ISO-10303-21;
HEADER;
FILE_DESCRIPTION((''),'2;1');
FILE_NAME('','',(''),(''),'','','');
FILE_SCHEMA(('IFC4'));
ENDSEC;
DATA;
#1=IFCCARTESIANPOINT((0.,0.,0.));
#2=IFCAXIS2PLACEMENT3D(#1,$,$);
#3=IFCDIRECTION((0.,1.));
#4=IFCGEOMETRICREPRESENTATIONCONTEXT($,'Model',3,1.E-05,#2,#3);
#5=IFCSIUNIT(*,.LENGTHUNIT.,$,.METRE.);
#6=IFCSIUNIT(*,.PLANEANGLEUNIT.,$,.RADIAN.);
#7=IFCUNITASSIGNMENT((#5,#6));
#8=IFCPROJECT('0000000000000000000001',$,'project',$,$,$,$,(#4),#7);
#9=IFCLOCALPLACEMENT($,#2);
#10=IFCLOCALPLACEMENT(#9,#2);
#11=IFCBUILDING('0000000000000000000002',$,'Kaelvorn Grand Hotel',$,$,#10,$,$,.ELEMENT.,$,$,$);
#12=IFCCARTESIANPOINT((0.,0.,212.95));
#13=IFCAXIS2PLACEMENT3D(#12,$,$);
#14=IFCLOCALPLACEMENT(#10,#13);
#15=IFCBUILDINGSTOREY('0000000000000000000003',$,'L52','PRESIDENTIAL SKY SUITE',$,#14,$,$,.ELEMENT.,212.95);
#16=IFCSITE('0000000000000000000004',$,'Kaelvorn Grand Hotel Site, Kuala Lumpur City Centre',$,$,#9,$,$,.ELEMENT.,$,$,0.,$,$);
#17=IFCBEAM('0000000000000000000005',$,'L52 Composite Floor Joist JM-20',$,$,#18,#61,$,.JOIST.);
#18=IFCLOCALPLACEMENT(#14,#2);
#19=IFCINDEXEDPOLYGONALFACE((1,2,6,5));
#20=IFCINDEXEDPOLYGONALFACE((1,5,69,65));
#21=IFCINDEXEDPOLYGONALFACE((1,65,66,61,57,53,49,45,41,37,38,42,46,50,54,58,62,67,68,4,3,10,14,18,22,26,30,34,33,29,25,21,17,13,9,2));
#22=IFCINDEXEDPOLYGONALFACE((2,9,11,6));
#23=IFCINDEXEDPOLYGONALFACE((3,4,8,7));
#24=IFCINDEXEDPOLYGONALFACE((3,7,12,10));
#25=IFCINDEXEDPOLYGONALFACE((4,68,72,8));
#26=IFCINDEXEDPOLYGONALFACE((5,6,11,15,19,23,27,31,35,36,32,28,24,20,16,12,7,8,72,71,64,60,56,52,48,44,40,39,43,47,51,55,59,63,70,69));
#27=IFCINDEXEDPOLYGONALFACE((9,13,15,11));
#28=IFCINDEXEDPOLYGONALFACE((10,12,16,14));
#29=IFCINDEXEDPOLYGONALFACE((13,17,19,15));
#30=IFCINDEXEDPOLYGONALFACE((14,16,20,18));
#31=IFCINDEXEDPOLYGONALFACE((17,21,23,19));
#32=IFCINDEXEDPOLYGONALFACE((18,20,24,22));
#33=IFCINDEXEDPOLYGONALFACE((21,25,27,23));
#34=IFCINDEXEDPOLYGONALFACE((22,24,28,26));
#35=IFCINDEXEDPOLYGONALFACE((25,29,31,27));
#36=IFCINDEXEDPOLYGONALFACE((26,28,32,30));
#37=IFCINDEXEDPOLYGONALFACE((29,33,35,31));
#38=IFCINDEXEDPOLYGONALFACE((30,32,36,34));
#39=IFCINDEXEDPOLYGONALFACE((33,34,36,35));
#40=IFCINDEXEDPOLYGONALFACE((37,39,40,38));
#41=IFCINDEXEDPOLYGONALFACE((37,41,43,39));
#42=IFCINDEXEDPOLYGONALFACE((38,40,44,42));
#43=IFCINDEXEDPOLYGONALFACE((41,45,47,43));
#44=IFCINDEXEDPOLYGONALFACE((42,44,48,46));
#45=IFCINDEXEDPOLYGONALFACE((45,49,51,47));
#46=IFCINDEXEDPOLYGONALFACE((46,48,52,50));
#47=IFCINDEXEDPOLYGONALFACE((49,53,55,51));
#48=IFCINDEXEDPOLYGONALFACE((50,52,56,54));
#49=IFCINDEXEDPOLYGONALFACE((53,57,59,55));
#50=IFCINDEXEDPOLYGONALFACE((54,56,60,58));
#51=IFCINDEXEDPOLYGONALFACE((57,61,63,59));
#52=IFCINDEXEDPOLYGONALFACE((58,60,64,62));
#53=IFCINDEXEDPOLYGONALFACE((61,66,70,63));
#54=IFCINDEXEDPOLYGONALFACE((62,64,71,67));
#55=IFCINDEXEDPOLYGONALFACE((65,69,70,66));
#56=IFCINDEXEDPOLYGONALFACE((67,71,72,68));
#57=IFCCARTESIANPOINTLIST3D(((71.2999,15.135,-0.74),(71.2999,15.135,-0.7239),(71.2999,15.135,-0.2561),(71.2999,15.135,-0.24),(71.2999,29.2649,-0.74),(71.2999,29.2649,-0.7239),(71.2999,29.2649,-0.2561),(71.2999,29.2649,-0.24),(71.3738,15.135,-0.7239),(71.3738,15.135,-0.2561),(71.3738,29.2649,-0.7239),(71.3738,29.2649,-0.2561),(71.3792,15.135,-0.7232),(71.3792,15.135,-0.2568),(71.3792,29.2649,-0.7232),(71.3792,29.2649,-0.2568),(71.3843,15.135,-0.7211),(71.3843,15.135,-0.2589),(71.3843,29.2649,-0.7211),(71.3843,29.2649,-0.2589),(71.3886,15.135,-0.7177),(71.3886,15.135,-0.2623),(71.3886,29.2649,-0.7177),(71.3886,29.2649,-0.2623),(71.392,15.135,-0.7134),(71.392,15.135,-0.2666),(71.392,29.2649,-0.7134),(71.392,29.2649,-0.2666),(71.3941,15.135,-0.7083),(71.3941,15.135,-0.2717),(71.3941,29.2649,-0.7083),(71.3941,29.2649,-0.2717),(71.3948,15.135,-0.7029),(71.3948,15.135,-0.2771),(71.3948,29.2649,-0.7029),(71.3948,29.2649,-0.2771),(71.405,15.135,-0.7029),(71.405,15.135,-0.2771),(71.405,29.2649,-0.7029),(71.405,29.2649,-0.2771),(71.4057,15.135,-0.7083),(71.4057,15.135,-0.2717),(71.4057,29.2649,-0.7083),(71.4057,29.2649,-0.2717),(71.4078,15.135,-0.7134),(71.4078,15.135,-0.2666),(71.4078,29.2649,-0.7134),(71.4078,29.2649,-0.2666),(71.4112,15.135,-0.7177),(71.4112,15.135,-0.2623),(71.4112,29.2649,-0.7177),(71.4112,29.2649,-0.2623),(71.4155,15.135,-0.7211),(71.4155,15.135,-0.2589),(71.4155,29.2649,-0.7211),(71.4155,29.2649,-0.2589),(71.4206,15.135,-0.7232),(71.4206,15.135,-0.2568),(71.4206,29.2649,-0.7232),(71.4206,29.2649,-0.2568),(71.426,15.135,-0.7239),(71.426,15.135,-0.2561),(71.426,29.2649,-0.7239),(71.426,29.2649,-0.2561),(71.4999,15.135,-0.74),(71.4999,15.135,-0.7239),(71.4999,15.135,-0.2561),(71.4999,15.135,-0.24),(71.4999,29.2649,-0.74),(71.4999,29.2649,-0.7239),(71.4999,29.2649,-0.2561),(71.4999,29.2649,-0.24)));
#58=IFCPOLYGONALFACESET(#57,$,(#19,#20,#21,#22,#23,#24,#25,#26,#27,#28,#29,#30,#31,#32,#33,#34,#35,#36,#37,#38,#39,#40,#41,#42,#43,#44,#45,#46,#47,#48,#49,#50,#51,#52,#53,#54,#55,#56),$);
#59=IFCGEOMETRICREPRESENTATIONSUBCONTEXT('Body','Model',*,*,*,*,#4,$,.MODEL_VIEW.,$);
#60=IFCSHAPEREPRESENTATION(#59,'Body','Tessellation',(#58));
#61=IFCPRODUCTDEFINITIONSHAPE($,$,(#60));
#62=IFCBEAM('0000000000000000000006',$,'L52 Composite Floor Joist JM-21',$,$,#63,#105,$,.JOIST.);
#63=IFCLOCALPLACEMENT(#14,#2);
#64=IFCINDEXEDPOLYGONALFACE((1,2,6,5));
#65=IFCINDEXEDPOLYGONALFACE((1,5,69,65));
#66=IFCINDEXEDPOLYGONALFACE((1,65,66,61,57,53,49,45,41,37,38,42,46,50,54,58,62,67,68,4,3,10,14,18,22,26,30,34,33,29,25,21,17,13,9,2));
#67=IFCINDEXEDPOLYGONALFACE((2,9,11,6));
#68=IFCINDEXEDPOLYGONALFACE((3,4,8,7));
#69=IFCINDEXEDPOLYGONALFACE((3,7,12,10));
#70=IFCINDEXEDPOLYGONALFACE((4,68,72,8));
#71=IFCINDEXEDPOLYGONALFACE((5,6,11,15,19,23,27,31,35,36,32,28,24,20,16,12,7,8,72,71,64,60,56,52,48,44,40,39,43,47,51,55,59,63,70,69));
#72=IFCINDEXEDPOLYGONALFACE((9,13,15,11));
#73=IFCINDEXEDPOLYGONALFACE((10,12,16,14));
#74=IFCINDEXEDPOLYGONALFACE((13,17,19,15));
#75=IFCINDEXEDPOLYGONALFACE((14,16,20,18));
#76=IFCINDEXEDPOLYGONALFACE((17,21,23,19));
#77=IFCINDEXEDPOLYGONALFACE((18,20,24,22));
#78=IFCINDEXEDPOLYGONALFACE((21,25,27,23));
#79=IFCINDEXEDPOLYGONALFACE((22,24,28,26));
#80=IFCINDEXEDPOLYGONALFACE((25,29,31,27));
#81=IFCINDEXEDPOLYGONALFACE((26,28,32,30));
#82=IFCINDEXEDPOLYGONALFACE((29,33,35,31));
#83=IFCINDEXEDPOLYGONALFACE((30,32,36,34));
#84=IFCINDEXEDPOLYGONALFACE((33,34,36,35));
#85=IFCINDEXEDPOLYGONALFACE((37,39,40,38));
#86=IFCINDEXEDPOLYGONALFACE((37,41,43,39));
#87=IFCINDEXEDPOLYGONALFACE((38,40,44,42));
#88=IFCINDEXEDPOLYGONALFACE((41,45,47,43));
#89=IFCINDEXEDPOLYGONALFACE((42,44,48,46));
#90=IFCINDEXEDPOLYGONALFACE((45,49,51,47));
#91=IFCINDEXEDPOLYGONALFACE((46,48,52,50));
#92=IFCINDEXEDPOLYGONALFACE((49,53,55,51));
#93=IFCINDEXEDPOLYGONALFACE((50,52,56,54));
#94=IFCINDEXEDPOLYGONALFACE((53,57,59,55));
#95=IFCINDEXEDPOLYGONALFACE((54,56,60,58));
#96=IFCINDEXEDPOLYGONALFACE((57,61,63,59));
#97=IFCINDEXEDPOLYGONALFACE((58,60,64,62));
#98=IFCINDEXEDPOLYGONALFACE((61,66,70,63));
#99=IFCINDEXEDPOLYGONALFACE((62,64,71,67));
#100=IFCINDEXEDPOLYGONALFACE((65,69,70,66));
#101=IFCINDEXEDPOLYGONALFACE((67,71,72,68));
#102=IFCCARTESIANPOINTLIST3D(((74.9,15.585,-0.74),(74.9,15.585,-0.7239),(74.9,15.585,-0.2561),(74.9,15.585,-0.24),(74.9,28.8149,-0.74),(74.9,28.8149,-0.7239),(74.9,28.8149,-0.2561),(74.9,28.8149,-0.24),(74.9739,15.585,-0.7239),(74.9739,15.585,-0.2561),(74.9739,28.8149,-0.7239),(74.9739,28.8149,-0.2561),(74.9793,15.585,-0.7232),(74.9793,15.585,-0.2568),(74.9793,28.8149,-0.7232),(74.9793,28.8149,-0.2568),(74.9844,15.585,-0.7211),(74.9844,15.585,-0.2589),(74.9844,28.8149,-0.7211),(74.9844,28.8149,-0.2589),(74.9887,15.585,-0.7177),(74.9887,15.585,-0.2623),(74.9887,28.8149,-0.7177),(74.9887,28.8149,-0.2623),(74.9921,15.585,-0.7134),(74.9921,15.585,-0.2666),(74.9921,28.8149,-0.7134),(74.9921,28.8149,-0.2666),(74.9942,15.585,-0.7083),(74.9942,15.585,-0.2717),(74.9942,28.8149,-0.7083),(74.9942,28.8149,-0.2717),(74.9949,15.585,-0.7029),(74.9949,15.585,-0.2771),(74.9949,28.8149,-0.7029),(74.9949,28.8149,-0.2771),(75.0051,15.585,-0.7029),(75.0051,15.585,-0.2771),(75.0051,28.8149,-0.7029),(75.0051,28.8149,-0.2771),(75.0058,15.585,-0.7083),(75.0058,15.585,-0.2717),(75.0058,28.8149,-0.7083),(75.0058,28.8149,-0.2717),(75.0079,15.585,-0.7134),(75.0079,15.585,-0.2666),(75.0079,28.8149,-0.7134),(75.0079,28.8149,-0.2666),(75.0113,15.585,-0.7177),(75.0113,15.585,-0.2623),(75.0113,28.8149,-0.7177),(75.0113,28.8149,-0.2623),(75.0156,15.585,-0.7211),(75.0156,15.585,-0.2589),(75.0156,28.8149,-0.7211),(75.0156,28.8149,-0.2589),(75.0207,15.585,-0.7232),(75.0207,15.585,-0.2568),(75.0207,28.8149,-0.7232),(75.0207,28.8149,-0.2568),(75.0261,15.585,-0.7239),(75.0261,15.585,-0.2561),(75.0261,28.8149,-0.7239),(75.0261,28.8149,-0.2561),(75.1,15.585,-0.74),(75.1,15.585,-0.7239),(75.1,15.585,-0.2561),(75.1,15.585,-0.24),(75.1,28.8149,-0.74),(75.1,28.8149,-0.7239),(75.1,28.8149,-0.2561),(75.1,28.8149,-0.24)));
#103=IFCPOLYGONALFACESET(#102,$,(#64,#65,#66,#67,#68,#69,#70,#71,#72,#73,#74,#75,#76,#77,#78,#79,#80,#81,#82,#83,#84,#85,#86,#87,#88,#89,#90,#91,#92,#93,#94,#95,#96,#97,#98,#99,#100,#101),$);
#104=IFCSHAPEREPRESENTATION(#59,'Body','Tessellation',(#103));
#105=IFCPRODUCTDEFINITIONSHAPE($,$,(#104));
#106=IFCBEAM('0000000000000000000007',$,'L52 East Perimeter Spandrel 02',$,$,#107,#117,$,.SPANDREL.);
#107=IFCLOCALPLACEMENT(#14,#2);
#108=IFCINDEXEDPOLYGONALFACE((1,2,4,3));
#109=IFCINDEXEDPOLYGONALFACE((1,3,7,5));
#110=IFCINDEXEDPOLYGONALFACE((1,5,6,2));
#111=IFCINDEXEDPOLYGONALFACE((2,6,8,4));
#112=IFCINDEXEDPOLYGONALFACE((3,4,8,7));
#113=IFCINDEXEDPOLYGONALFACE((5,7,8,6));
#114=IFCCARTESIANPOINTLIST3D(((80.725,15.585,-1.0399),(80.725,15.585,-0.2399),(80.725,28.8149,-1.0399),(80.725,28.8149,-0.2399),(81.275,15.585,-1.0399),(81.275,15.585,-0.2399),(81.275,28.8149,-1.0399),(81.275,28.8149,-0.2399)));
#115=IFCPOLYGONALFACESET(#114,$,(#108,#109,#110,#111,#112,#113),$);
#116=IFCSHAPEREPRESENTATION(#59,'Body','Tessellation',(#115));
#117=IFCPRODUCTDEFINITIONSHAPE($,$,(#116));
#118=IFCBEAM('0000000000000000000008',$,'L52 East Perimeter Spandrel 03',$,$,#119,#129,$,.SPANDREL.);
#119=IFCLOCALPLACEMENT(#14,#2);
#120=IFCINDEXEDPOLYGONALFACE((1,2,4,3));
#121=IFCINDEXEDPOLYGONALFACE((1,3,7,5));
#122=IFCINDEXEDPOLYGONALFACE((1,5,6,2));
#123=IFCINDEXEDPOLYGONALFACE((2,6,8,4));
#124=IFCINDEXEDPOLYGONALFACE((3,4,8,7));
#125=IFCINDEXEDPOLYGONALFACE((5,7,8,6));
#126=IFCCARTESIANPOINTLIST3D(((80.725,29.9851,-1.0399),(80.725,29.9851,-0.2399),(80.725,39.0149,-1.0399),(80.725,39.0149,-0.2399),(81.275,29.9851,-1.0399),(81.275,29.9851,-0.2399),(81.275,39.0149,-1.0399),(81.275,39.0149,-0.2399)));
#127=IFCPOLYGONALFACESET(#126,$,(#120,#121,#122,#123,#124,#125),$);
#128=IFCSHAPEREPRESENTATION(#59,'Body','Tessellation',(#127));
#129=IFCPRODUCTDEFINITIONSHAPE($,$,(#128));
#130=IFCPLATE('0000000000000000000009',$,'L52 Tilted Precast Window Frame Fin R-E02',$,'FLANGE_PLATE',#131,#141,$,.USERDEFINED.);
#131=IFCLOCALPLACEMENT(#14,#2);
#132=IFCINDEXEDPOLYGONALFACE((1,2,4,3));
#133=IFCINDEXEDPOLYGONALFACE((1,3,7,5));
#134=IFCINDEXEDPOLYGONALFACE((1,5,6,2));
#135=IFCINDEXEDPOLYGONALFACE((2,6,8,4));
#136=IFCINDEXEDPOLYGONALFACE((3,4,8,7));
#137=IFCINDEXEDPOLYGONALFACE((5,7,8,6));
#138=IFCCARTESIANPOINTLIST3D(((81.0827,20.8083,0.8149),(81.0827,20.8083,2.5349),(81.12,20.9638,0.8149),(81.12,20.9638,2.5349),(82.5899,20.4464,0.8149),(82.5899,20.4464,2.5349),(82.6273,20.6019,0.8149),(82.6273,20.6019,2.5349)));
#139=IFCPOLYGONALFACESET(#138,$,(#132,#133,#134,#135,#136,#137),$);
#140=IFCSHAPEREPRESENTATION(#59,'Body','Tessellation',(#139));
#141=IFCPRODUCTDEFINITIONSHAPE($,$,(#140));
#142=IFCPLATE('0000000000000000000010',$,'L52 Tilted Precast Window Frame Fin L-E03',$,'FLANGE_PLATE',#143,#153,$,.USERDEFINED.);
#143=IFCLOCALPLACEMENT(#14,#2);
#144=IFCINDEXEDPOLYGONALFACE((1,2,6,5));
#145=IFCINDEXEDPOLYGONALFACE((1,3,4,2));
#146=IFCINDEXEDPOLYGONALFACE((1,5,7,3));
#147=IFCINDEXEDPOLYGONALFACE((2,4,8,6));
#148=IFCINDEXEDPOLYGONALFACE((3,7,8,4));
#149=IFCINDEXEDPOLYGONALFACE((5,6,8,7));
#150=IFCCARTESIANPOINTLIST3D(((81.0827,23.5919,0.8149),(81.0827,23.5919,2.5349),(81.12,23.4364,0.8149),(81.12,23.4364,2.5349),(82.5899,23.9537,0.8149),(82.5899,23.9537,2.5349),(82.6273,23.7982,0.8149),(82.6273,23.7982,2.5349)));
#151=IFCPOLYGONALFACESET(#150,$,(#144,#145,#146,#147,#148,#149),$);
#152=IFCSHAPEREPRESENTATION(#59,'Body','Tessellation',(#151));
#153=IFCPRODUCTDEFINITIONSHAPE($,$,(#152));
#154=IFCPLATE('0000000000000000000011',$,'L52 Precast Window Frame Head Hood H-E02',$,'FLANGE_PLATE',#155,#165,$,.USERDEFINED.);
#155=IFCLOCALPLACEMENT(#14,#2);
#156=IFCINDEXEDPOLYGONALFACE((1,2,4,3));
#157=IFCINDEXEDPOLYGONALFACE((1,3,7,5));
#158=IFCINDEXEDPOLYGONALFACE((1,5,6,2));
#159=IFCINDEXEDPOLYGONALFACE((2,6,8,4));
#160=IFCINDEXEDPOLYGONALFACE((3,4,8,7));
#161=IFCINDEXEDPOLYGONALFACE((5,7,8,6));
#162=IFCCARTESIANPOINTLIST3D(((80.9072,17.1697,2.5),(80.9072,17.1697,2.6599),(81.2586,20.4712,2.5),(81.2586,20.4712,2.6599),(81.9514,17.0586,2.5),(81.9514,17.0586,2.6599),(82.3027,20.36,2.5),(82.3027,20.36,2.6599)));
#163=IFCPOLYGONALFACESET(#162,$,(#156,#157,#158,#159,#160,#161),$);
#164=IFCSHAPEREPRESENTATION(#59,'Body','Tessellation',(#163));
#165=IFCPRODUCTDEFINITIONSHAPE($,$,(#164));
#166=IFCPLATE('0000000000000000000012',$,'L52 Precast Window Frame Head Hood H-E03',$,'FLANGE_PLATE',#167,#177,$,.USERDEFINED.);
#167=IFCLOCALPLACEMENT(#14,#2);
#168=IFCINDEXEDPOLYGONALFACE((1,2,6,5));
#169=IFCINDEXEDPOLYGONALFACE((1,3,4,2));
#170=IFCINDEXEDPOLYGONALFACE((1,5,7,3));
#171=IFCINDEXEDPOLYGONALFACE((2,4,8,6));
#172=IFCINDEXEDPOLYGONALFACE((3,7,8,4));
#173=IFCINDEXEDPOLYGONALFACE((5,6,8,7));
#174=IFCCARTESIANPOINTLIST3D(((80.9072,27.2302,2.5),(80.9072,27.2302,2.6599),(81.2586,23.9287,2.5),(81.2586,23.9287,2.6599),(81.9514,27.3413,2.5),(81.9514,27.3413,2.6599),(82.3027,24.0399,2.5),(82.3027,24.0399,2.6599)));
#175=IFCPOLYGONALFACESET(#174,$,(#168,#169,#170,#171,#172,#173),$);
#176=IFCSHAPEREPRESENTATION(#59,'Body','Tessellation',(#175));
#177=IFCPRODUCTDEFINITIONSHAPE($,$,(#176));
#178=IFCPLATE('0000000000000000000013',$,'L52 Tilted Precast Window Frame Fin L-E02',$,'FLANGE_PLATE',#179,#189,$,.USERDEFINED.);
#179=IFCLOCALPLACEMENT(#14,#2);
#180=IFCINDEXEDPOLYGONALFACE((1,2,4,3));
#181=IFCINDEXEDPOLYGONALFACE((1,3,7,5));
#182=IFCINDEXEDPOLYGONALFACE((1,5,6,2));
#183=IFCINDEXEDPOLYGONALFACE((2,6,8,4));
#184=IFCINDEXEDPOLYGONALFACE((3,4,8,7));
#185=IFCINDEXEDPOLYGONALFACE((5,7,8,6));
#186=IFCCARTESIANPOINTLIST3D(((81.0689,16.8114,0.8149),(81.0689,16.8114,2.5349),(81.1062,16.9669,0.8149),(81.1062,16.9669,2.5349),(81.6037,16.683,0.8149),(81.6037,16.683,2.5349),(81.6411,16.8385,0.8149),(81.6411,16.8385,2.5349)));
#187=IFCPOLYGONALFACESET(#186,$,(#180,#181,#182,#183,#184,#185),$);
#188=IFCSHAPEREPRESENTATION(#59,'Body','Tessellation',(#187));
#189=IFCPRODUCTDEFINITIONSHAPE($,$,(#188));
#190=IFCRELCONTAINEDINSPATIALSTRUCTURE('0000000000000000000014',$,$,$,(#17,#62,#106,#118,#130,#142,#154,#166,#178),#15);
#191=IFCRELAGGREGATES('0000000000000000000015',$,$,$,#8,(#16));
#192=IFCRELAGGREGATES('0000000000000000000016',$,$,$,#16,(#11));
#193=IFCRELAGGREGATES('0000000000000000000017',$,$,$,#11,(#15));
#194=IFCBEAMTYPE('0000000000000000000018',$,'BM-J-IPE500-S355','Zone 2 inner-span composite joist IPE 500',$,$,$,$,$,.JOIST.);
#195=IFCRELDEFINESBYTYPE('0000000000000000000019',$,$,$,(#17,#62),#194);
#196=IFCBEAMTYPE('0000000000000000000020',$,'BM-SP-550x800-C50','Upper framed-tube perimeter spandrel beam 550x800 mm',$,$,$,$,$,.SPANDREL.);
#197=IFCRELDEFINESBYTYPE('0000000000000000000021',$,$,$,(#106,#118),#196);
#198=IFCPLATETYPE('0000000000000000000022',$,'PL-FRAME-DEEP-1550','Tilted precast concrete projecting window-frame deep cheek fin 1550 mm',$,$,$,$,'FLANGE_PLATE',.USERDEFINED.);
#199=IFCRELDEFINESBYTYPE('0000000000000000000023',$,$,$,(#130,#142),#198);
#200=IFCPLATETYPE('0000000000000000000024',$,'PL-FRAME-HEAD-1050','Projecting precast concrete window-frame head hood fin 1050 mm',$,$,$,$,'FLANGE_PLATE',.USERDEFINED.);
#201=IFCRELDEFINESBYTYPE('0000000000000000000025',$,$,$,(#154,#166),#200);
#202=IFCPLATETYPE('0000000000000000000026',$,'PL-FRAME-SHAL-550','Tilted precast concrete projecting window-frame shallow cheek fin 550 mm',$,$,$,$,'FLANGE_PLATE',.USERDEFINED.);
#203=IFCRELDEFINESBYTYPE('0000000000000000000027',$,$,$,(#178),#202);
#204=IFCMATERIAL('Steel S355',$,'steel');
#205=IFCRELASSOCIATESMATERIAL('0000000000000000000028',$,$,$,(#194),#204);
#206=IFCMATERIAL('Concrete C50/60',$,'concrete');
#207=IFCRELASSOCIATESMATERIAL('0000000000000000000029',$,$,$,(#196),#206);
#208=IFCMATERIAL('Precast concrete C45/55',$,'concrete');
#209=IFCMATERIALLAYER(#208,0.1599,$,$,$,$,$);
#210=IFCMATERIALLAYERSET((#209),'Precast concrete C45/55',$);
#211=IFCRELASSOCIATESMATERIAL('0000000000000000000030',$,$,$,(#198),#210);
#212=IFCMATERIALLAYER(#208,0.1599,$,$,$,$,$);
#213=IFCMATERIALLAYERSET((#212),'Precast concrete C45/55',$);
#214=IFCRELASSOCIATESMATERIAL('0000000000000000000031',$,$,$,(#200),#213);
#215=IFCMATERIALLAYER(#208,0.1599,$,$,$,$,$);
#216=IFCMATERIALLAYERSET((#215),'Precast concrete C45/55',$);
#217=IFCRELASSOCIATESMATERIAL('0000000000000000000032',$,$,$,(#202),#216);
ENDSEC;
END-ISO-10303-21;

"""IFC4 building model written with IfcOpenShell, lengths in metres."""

from ifc_helpers import new_model, si_unit, direction, frame, origin, origin_2d, place, context, subcontext, project, spatial, rectangle, i_section, extrude, material, layer, layer_set, material_profile, profile_set, type_object, element, save


model = new_model("IFC4")

# Units and contexts
model_context = context("Model", 3, precision=1e-05, world=origin(), true_north=direction((0.0, 1.0)))
body_context = subcontext(model_context, "Body", "Model", "MODEL_VIEW")
ifc_project = project(units=[si_unit("LENGTHUNIT", "METRE"), si_unit("PLANEANGLEUNIT", "RADIAN")], contexts=[model_context])

# Site, building, storey
site_placement = place(None, origin())
site = spatial("IfcSite", under=ifc_project, at=site_placement, Name="Kaelvorn Grand Hotel Site, Kuala Lumpur City Centre", CompositionType="ELEMENT", RefElevation=0.0)
building_placement = place(site_placement, origin())
building = spatial("IfcBuilding", under=site, at=building_placement, Name="Kaelvorn Grand Hotel", CompositionType="ELEMENT")
storey_placement = place(building_placement, frame((0.0, 0.0, 212.95)))
storey = spatial("IfcBuildingStorey", under=building, at=storey_placement, Name="L52", Description="PRESIDENTIAL SKY SUITE", CompositionType="ELEMENT", Elevation=212.95)

# Beams
ifc_material_1 = material(Name="Steel S355", Category="steel")
ifc_material_profile_1 = material_profile(ifc_material_1, i_section(OverallWidth=0.2, OverallDepth=0.5, WebThickness=0.0103, FlangeThickness=0.0161, FilletRadius=0.021, at=origin_2d()), Name="IPE 500")
ifc_profile_set_1 = profile_set([ifc_material_profile_1], Name="Steel S355")
beam_type_1 = type_object("IfcBeamType", Name="BM-J-IPE500-S355", Description="Zone 2 inner-span composite joist IPE 500", PredefinedType="JOIST", material=ifc_profile_set_1)
beam_1_placement = place(storey_placement, frame((71.3999, 15.135, -0.49), z_axis=(0.0, 1.0, 0.0), x_axis=(-1.0, 0.0, 0.0)))
element("IfcBeam", 1, at=beam_1_placement, inside=storey, type_object=beam_type_1, Name="L52 Composite Floor Joist JM-20", PredefinedType="JOIST", context=body_context, shape_type="SweptSolid", body=[
    extrude(i_section(OverallWidth=0.2, OverallDepth=0.5, WebThickness=0.0103, FlangeThickness=0.0161, FilletRadius=0.021, at=origin_2d()), origin(), (0.0, 0.0, 1.0), 14.1299),
])
beam_2_placement = place(storey_placement, frame((75.0, 15.585, -0.49), z_axis=(0.0, 1.0, 0.0), x_axis=(-1.0, 0.0, 0.0)))
element("IfcBeam", 2, at=beam_2_placement, inside=storey, type_object=beam_type_1, Name="L52 Composite Floor Joist JM-21", PredefinedType="JOIST", context=body_context, shape_type="SweptSolid", body=[
    extrude(i_section(OverallWidth=0.2, OverallDepth=0.5, WebThickness=0.0103, FlangeThickness=0.0161, FilletRadius=0.021, at=origin_2d()), origin(), (0.0, 0.0, 1.0), 13.23),
])
ifc_material_2 = material(Name="Concrete C50/60", Category="concrete")
ifc_material_profile_2 = material_profile(ifc_material_2, rectangle(XDim=0.55, YDim=0.8, at=origin_2d()), Name="RC SPANDREL 550x800")
ifc_profile_set_2 = profile_set([ifc_material_profile_2], Name="Concrete C50/60")
beam_type_2 = type_object("IfcBeamType", Name="BM-SP-550x800-C50", Description="Upper framed-tube perimeter spandrel beam 550x800 mm", PredefinedType="SPANDREL", material=ifc_profile_set_2)
beam_3_placement = place(storey_placement, frame((81.0, 15.585, -0.6399), z_axis=(0.0, 1.0, 0.0), x_axis=(-1.0, 0.0, 0.0)))
element("IfcBeam", 3, at=beam_3_placement, inside=storey, type_object=beam_type_2, Name="L52 East Perimeter Spandrel 02", PredefinedType="SPANDREL", context=body_context, shape_type="SweptSolid", body=[
    extrude(rectangle(XDim=0.55, YDim=0.8, at=origin_2d()), origin(), (0.0, 0.0, 1.0), 13.23),
])
beam_4_placement = place(storey_placement, frame((81.0, 29.9851, -0.6399), z_axis=(0.0, 1.0, 0.0), x_axis=(-1.0, 0.0, 0.0)))
element("IfcBeam", 4, at=beam_4_placement, inside=storey, type_object=beam_type_2, Name="L52 East Perimeter Spandrel 03", PredefinedType="SPANDREL", context=body_context, shape_type="SweptSolid", body=[
    extrude(rectangle(XDim=0.55, YDim=0.8, at=origin_2d()), origin(), (0.0, 0.0, 1.0), 9.0298),
])

# Plates
ifc_material_3 = material(Name="Precast concrete C45/55", Category="concrete")
ifc_layer_1 = layer(ifc_material_3, 0.1599)
ifc_layer_set_1 = layer_set([ifc_layer_1], Name="Precast concrete C45/55")
plate_type_1 = type_object("IfcPlateType", Name="PL-FRAME-DEEP-1550", Description="Tilted precast concrete projecting window-frame deep cheek fin 1550 mm", ElementType="FLANGE_PLATE", PredefinedType="USERDEFINED", material=ifc_layer_set_1)
for number, where, z_axis, x_axis, name in (
    (5, (81.855, 20.7051, 0.8149), (0.0, 0.0, 1.0), (0.233445, 0.97237, 0.0), "L52 Tilted Precast Window Frame Fin R-E02"),
    (6, (81.855, 23.6951, 0.8149), (0.0, 0.0, 1.0), (-0.233445, 0.97237, 0.0), "L52 Tilted Precast Window Frame Fin L-E03"),
):
    element("IfcPlate", number, at=place(storey_placement, frame(where, z_axis=z_axis, x_axis=x_axis)), inside=storey, type_object=plate_type_1, Name=name, ObjectType="FLANGE_PLATE", PredefinedType="USERDEFINED", context=body_context, shape_type="SweptSolid", body=[
        extrude(rectangle(XDim=0.1599, YDim=1.55, at=origin_2d()), origin(), (0.0, 0.0, 1.0), 1.72),
    ])
ifc_layer_2 = layer(ifc_material_3, 0.1599)
ifc_layer_set_2 = layer_set([ifc_layer_2], Name="Precast concrete C45/55")
plate_type_2 = type_object("IfcPlateType", Name="PL-FRAME-HEAD-1050", Description="Projecting precast concrete window-frame head hood fin 1050 mm", ElementType="FLANGE_PLATE", PredefinedType="USERDEFINED", material=ifc_layer_set_2)
for number, where, z_axis, x_axis, name in (
    (7, (81.605, 18.7649, 2.5), (0.0, 0.0, 1.0), (0.10583, 0.994384, 0.0), "L52 Precast Window Frame Head Hood H-E02"),
    (8, (81.605, 25.635, 2.5), (0.0, 0.0, 1.0), (-0.10583, 0.994384, 0.0), "L52 Precast Window Frame Head Hood H-E03"),
):
    element("IfcPlate", number, at=place(storey_placement, frame(where, z_axis=z_axis, x_axis=x_axis)), inside=storey, type_object=plate_type_2, Name=name, ObjectType="FLANGE_PLATE", PredefinedType="USERDEFINED", context=body_context, shape_type="SweptSolid", body=[
        extrude(rectangle(XDim=3.3201, YDim=1.05, at=origin_2d()), origin(), (0.0, 0.0, 1.0), 0.1599),
    ])
ifc_layer_3 = layer(ifc_material_3, 0.1599)
ifc_layer_set_3 = layer_set([ifc_layer_3], Name="Precast concrete C45/55")
plate_type_3 = type_object("IfcPlateType", Name="PL-FRAME-SHAL-550", Description="Tilted precast concrete projecting window-frame shallow cheek fin 550 mm", ElementType="FLANGE_PLATE", PredefinedType="USERDEFINED", material=ifc_layer_set_3)
for number, where, z_axis, x_axis, name in (
    (9, (81.355, 16.825, 0.8149), (0.0, 0.0, 1.0), (0.233445, 0.97237, 0.0), "L52 Tilted Precast Window Frame Fin L-E02"),
):
    element("IfcPlate", number, at=place(storey_placement, frame(where, z_axis=z_axis, x_axis=x_axis)), inside=storey, type_object=plate_type_3, Name=name, ObjectType="FLANGE_PLATE", PredefinedType="USERDEFINED", context=body_context, shape_type="SweptSolid", body=[
        extrude(rectangle(XDim=0.1599, YDim=0.55, at=origin_2d()), origin(), (0.0, 0.0, 1.0), 1.72),
    ])

save(model, "model.ifc")
